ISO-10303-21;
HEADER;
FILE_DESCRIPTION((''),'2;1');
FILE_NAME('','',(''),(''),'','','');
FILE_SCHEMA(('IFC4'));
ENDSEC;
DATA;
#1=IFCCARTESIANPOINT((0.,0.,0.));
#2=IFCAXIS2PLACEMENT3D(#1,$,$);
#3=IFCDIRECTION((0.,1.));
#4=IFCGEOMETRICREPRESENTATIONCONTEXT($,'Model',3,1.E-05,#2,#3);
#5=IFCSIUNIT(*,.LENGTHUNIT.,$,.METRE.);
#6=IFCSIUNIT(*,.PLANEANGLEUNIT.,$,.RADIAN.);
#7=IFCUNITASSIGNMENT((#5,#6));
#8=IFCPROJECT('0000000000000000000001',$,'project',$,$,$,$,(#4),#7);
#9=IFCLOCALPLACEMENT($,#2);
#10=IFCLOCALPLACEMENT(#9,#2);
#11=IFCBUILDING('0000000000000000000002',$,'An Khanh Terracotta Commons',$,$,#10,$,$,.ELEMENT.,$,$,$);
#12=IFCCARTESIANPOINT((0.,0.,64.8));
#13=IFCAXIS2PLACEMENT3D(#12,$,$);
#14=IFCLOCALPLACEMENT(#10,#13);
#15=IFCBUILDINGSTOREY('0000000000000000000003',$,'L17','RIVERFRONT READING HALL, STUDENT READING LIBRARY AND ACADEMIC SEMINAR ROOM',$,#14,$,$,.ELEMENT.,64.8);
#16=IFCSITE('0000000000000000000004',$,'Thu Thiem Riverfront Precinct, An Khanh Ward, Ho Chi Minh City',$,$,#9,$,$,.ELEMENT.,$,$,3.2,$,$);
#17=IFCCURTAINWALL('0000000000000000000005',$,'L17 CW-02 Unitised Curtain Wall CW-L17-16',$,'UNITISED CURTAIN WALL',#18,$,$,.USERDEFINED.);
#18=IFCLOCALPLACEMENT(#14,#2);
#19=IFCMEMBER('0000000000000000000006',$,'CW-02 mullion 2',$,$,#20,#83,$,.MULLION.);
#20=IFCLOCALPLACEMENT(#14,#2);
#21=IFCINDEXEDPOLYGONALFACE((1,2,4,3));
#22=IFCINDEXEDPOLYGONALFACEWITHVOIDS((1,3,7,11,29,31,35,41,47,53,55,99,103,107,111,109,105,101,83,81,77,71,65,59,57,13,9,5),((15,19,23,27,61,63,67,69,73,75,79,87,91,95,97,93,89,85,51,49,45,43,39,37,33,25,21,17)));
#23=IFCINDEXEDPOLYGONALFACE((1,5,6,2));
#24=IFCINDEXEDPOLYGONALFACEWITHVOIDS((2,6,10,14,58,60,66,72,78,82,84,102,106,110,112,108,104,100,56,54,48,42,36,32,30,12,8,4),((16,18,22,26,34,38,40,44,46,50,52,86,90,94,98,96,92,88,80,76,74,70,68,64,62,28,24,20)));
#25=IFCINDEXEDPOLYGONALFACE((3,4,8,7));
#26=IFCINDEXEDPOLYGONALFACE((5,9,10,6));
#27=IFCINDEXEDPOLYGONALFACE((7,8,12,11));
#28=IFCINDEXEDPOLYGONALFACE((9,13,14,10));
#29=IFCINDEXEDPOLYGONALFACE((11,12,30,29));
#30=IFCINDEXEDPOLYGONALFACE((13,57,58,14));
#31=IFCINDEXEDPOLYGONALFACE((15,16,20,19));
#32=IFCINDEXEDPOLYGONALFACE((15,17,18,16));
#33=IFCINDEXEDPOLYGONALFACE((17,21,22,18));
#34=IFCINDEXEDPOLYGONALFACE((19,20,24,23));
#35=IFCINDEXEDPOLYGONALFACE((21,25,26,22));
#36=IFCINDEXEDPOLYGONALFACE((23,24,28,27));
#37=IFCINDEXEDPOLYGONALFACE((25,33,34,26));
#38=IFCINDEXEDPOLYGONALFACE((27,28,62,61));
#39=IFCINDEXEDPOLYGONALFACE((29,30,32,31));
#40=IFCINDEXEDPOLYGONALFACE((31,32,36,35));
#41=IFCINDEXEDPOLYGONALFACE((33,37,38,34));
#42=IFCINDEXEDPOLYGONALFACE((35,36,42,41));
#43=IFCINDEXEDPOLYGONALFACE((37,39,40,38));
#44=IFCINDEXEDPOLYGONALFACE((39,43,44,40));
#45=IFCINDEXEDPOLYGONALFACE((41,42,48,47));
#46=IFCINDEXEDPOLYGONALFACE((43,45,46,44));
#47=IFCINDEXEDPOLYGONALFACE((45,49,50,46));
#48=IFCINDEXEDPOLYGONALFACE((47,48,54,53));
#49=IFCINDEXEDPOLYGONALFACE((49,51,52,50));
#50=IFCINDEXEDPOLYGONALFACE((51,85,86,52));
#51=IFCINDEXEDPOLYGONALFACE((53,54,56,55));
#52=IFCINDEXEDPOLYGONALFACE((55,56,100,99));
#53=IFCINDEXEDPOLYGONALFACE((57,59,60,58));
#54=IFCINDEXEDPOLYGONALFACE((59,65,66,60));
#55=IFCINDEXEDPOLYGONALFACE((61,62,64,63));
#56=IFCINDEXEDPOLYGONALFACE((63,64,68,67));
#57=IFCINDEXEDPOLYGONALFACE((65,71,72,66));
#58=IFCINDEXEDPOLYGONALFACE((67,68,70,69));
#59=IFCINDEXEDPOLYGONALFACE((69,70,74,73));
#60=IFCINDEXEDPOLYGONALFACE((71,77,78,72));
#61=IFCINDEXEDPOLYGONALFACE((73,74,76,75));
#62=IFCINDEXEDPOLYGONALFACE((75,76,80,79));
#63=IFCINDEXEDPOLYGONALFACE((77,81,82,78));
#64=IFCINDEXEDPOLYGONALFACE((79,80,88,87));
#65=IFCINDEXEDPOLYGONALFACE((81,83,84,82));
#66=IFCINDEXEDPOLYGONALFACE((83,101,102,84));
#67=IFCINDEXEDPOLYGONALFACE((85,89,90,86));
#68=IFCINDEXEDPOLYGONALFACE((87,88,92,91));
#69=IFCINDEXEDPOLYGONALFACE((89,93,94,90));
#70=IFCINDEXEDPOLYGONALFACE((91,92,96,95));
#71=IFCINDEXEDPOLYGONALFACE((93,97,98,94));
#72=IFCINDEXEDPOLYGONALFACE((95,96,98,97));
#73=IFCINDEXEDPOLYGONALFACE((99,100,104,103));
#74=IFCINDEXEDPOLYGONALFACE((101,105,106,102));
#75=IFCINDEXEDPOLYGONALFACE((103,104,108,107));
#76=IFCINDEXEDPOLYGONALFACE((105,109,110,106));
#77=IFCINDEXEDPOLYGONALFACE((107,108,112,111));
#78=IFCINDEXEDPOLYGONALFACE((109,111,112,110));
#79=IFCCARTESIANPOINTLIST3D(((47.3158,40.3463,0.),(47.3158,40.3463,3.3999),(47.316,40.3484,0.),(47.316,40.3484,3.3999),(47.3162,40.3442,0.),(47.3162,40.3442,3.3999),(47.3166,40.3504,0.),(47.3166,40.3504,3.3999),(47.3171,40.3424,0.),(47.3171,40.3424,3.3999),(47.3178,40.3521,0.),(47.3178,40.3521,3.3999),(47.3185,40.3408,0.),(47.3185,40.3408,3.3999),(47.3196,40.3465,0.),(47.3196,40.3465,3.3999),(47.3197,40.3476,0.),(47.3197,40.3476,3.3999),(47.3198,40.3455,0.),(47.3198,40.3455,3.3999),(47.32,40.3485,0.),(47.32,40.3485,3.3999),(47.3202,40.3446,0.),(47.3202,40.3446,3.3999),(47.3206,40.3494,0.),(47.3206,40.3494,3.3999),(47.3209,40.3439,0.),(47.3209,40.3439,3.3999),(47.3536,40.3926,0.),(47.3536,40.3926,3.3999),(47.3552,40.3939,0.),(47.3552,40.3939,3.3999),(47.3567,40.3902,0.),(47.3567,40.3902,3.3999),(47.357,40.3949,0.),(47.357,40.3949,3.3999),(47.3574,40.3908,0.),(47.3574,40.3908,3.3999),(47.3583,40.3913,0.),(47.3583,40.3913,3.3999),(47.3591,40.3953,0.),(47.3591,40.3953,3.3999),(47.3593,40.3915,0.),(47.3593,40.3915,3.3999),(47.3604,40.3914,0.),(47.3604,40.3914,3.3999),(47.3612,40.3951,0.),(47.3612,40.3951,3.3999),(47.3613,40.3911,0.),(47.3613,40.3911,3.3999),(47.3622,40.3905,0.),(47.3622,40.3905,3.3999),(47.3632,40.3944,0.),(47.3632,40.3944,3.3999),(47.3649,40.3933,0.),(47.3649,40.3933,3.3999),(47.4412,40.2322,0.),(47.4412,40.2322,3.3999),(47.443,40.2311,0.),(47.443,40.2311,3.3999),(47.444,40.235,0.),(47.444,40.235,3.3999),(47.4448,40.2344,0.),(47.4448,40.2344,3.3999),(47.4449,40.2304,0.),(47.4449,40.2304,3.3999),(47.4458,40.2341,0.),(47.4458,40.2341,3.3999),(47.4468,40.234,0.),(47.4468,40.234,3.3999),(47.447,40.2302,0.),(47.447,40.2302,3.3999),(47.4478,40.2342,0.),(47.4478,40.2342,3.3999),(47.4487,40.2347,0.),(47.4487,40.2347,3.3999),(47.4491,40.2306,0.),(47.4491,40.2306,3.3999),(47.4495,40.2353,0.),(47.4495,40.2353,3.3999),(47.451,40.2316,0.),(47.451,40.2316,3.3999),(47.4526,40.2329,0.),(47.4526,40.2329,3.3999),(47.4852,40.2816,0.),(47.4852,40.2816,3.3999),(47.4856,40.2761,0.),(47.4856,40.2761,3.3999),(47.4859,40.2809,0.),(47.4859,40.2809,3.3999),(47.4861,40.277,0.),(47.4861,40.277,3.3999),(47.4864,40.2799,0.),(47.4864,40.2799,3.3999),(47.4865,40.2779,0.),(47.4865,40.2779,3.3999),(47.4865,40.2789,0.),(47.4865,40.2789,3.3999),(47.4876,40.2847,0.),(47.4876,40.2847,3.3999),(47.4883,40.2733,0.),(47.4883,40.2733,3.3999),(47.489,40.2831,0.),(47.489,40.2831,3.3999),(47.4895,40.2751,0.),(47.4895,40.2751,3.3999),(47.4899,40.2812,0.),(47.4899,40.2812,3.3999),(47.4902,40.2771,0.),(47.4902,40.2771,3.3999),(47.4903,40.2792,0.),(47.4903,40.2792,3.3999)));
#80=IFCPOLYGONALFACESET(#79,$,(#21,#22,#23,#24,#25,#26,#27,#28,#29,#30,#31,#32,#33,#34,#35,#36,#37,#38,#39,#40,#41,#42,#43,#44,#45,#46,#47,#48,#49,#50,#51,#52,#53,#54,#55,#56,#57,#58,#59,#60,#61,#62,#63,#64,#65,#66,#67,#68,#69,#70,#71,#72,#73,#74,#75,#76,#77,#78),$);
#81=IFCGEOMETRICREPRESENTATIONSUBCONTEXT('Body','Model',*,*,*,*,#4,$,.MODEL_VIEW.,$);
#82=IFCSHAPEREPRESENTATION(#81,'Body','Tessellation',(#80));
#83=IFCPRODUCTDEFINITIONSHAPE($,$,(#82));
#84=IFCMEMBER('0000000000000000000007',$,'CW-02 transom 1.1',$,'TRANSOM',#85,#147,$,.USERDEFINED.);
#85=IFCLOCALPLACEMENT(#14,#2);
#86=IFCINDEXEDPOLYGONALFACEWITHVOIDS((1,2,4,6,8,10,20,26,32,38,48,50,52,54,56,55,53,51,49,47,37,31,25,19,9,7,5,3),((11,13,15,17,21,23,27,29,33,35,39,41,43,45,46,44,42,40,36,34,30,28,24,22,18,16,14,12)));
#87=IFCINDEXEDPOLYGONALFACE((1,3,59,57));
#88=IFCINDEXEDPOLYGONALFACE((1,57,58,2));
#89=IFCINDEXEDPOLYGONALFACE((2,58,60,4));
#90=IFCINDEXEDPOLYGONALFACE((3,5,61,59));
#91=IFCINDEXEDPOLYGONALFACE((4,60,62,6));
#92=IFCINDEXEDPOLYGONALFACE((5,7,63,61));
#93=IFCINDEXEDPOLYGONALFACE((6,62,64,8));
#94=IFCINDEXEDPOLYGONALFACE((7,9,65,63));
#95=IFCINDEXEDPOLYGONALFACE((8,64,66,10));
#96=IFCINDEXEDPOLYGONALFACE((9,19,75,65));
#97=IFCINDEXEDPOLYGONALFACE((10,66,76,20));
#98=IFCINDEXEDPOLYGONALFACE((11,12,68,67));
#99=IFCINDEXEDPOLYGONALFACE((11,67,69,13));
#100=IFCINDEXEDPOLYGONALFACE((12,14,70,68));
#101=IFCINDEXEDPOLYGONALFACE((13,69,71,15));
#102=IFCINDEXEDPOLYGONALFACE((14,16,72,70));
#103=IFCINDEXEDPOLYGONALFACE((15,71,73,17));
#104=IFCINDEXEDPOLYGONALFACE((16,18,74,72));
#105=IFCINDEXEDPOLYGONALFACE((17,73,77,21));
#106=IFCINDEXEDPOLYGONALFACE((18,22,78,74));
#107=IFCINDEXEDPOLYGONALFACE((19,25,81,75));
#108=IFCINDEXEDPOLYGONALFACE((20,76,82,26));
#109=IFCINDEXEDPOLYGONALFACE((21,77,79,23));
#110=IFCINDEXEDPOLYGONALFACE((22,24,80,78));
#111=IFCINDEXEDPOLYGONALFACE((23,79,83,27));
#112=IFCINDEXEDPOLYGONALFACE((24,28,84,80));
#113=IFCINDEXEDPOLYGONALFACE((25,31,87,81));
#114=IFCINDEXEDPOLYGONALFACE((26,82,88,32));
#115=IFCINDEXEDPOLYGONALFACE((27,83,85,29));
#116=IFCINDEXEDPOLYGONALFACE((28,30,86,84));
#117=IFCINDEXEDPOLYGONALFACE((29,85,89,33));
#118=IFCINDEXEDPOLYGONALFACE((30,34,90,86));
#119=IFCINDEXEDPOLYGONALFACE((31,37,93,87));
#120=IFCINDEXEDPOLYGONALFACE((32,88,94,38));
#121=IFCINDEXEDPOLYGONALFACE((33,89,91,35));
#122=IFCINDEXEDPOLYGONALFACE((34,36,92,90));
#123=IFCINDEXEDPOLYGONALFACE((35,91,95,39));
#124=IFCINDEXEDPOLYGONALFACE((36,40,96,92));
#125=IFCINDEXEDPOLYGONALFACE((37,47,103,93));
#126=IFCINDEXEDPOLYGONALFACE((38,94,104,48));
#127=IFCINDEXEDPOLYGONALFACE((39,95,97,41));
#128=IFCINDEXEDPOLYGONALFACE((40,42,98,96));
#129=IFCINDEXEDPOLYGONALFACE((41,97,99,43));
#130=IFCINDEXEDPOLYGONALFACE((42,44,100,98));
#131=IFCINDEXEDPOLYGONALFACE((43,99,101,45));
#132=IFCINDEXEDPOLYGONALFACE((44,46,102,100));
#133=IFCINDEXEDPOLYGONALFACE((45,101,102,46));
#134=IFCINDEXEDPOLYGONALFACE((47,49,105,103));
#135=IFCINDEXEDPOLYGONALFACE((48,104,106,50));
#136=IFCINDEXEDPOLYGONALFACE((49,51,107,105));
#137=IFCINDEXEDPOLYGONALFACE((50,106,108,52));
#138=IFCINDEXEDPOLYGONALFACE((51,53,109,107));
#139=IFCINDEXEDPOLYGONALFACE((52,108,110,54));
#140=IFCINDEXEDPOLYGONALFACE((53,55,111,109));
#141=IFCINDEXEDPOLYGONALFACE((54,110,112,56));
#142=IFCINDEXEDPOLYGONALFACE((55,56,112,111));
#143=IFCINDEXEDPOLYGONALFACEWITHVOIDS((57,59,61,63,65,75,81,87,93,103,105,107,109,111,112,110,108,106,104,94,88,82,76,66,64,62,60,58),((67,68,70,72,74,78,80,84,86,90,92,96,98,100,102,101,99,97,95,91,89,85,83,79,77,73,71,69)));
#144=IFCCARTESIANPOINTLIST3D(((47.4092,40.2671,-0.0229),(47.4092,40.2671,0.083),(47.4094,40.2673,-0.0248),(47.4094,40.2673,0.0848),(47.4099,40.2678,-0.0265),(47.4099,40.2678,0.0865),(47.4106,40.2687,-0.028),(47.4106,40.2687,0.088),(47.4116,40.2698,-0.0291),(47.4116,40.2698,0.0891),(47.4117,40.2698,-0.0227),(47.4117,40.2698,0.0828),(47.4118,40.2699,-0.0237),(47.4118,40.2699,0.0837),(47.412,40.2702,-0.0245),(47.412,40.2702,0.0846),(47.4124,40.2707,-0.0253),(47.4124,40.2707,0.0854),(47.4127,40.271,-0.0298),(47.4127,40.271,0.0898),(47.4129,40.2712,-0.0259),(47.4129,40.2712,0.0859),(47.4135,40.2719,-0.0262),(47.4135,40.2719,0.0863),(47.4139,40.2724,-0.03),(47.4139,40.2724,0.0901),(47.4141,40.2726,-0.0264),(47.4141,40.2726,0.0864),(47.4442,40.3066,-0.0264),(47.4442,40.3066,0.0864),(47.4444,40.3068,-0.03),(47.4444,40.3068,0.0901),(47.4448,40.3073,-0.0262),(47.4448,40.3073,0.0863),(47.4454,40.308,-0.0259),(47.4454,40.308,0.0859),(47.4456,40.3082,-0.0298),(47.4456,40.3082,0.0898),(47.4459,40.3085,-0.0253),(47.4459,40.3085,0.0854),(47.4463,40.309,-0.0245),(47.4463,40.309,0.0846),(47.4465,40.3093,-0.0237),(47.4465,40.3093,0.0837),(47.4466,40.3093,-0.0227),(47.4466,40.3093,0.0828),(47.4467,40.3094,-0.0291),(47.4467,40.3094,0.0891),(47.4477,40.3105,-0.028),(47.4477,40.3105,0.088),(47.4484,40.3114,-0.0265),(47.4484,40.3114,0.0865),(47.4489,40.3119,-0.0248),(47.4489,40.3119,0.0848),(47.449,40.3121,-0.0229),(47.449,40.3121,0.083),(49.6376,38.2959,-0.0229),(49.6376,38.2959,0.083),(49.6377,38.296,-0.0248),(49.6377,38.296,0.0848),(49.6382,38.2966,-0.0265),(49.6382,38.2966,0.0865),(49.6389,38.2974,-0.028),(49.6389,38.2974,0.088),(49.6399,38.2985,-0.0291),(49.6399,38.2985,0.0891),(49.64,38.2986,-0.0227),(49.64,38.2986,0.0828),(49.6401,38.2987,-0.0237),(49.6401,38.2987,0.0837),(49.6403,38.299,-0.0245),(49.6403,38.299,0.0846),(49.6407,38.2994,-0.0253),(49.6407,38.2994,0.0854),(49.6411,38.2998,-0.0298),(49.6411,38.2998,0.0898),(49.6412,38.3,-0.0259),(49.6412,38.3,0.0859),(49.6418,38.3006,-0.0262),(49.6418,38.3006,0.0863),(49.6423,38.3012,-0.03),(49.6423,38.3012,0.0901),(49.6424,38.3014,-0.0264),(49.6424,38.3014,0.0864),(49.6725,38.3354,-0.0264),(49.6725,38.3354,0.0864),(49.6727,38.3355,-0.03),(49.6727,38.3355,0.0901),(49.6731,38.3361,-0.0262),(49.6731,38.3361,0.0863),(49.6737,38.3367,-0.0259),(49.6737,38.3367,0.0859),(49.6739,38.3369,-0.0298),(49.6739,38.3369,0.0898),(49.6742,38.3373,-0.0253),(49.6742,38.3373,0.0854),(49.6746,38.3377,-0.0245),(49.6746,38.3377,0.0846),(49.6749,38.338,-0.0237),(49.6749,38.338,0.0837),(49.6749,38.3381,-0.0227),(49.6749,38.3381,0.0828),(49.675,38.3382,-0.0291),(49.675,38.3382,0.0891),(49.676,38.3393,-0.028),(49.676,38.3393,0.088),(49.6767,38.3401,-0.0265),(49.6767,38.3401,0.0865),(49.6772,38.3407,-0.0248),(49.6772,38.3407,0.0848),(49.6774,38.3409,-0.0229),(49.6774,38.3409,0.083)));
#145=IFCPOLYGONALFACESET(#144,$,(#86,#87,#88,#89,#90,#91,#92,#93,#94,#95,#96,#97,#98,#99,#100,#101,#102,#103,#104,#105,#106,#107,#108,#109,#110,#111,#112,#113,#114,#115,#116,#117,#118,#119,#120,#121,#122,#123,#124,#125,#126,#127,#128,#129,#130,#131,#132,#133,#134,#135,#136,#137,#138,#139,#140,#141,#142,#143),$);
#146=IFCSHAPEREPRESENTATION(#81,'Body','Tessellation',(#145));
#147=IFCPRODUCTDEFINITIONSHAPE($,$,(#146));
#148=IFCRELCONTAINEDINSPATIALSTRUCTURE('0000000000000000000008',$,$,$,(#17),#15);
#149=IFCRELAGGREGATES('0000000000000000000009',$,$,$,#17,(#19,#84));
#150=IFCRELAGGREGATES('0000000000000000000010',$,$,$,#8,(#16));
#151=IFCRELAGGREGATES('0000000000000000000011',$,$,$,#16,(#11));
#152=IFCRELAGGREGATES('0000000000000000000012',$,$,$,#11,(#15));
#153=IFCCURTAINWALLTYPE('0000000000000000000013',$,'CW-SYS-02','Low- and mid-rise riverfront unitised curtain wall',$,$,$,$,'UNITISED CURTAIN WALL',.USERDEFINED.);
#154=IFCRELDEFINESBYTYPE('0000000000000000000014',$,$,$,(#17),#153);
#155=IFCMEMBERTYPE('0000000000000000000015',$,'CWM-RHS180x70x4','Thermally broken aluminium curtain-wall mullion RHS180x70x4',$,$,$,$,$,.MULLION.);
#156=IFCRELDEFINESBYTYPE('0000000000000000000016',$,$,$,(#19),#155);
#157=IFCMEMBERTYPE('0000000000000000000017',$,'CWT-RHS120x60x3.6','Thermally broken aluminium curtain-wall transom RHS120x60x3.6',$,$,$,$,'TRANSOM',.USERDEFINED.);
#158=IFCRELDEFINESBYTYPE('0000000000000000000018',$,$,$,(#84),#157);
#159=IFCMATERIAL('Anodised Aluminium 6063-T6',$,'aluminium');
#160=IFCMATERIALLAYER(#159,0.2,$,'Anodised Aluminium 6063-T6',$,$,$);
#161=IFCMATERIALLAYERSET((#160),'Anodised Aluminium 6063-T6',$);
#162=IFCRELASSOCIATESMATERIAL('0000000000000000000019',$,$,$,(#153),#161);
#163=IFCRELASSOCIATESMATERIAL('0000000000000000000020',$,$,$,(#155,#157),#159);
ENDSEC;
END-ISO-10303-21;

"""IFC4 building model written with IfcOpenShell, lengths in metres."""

from ifc_helpers import new_model, si_unit, direction, frame, origin, origin_2d, place, context, subcontext, project, spatial, hollow_rectangle, extrude, material, layer, layer_set, material_profile, profile_set, type_object, element, aggregate, save


model = new_model("IFC4")

# Units and contexts
model_context = context("Model", 3, precision=1e-05, world=origin(), true_north=direction((0.0, 1.0)))
body_context = subcontext(model_context, "Body", "Model", "MODEL_VIEW")
ifc_project = project(units=[si_unit("LENGTHUNIT", "METRE"), si_unit("PLANEANGLEUNIT", "RADIAN")], contexts=[model_context])

# Site, building, storey
site_placement = place(None, origin())
site = spatial("IfcSite", under=ifc_project, at=site_placement, Name="Thu Thiem Riverfront Precinct, An Khanh Ward, Ho Chi Minh City", CompositionType="ELEMENT", RefElevation=3.2)
building_placement = place(site_placement, origin())
building = spatial("IfcBuilding", under=site, at=building_placement, Name="An Khanh Terracotta Commons", CompositionType="ELEMENT")
storey_placement = place(building_placement, frame((0.0, 0.0, 64.8)))
storey = spatial("IfcBuildingStorey", under=building, at=storey_placement, Name="L17", Description="RIVERFRONT READING HALL, STUDENT READING LIBRARY AND ACADEMIC SEMINAR ROOM", CompositionType="ELEMENT", Elevation=64.8)

# Shared definitions
ifc_material_1 = material(Name="Anodised Aluminium 6063-T6", Category="aluminium")
ifc_layer_1 = layer(ifc_material_1, 0.2, Name="Anodised Aluminium 6063-T6")
ifc_layer_set_1 = layer_set([ifc_layer_1], Name="Anodised Aluminium 6063-T6")
curtain_wall_type = type_object("IfcCurtainWallType", Name="CW-SYS-02", Description="Low- and mid-rise riverfront unitised curtain wall", ElementType="UNITISED CURTAIN WALL", PredefinedType="USERDEFINED", material=ifc_layer_set_1)
ifc_material_profile_1 = material_profile(ifc_material_1, hollow_rectangle(XDim=0.0701, YDim=0.1799, WallThickness=0.0039, InnerFilletRadius=0.0039, OuterFilletRadius=0.0081, at=origin_2d()), Name="RHS180x70x4")
ifc_profile_set_1 = profile_set([ifc_material_profile_1], Name="Anodised Aluminium 6063-T6")
member_type_1 = type_object("IfcMemberType", Name="CWM-RHS180x70x4", Description="Thermally broken aluminium curtain-wall mullion RHS180x70x4", PredefinedType="MULLION", material=ifc_profile_set_1)

# Curtain wall, members
curtain_wall_1_placement = place(storey_placement, origin())
curtain_wall_1 = element("IfcCurtainWall", 1, at=curtain_wall_1_placement, inside=storey, type_object=curtain_wall_type, Name="L17 CW-02 Unitised Curtain Wall CW-L17-16", ObjectType="UNITISED CURTAIN WALL", PredefinedType="USERDEFINED")
member_1_placement = place(storey_placement, frame((47.4031, 40.3127, 0.0), z_axis=(0.0, 0.0, 1.0), x_axis=(-0.662548, -0.749019, 0.0)))
member_1 = element("IfcMember", 2, at=member_1_placement, type_object=member_type_1, Name="CW-02 mullion 2", PredefinedType="MULLION", context=body_context, shape_type="SweptSolid", body=[
    extrude(hollow_rectangle(XDim=0.0701, YDim=0.1799, WallThickness=0.0039, InnerFilletRadius=0.0039, OuterFilletRadius=0.0081, at=origin_2d()), origin(), (0.0, 0.0, 1.0), 3.3999),
])
ifc_material_profile_2 = material_profile(ifc_material_1, hollow_rectangle(XDim=0.0601, YDim=0.1201, WallThickness=0.0037, InnerFilletRadius=0.0037, OuterFilletRadius=0.0071, at=origin_2d()), Name="RHS120x60x3.6")
ifc_profile_set_2 = profile_set([ifc_material_profile_2], Name="Anodised Aluminium 6063-T6")
member_type_2 = type_object("IfcMemberType", Name="CWT-RHS120x60x3.6", Description="Thermally broken aluminium curtain-wall transom RHS120x60x3.6", ElementType="TRANSOM", PredefinedType="USERDEFINED", material=ifc_profile_set_2)
member_2_placement = place(storey_placement, frame((49.6575, 38.3184, 0.03), z_axis=(-0.748992, 0.662579, 0.0), x_axis=(-0.662579, -0.748992, 0.0)))
member_2 = element("IfcMember", 3, at=member_2_placement, type_object=member_type_2, Name="CW-02 transom 1.1", ObjectType="TRANSOM", PredefinedType="USERDEFINED", context=body_context, shape_type="SweptSolid", body=[
    extrude(hollow_rectangle(XDim=0.0601, YDim=0.1201, WallThickness=0.0037, InnerFilletRadius=0.0037, OuterFilletRadius=0.0071, at=origin_2d()), origin(), (0.0, 0.0, 1.0), 2.9751),
])
aggregate(curtain_wall_1, [member_1, member_2])

save(model, "model.ifc")
